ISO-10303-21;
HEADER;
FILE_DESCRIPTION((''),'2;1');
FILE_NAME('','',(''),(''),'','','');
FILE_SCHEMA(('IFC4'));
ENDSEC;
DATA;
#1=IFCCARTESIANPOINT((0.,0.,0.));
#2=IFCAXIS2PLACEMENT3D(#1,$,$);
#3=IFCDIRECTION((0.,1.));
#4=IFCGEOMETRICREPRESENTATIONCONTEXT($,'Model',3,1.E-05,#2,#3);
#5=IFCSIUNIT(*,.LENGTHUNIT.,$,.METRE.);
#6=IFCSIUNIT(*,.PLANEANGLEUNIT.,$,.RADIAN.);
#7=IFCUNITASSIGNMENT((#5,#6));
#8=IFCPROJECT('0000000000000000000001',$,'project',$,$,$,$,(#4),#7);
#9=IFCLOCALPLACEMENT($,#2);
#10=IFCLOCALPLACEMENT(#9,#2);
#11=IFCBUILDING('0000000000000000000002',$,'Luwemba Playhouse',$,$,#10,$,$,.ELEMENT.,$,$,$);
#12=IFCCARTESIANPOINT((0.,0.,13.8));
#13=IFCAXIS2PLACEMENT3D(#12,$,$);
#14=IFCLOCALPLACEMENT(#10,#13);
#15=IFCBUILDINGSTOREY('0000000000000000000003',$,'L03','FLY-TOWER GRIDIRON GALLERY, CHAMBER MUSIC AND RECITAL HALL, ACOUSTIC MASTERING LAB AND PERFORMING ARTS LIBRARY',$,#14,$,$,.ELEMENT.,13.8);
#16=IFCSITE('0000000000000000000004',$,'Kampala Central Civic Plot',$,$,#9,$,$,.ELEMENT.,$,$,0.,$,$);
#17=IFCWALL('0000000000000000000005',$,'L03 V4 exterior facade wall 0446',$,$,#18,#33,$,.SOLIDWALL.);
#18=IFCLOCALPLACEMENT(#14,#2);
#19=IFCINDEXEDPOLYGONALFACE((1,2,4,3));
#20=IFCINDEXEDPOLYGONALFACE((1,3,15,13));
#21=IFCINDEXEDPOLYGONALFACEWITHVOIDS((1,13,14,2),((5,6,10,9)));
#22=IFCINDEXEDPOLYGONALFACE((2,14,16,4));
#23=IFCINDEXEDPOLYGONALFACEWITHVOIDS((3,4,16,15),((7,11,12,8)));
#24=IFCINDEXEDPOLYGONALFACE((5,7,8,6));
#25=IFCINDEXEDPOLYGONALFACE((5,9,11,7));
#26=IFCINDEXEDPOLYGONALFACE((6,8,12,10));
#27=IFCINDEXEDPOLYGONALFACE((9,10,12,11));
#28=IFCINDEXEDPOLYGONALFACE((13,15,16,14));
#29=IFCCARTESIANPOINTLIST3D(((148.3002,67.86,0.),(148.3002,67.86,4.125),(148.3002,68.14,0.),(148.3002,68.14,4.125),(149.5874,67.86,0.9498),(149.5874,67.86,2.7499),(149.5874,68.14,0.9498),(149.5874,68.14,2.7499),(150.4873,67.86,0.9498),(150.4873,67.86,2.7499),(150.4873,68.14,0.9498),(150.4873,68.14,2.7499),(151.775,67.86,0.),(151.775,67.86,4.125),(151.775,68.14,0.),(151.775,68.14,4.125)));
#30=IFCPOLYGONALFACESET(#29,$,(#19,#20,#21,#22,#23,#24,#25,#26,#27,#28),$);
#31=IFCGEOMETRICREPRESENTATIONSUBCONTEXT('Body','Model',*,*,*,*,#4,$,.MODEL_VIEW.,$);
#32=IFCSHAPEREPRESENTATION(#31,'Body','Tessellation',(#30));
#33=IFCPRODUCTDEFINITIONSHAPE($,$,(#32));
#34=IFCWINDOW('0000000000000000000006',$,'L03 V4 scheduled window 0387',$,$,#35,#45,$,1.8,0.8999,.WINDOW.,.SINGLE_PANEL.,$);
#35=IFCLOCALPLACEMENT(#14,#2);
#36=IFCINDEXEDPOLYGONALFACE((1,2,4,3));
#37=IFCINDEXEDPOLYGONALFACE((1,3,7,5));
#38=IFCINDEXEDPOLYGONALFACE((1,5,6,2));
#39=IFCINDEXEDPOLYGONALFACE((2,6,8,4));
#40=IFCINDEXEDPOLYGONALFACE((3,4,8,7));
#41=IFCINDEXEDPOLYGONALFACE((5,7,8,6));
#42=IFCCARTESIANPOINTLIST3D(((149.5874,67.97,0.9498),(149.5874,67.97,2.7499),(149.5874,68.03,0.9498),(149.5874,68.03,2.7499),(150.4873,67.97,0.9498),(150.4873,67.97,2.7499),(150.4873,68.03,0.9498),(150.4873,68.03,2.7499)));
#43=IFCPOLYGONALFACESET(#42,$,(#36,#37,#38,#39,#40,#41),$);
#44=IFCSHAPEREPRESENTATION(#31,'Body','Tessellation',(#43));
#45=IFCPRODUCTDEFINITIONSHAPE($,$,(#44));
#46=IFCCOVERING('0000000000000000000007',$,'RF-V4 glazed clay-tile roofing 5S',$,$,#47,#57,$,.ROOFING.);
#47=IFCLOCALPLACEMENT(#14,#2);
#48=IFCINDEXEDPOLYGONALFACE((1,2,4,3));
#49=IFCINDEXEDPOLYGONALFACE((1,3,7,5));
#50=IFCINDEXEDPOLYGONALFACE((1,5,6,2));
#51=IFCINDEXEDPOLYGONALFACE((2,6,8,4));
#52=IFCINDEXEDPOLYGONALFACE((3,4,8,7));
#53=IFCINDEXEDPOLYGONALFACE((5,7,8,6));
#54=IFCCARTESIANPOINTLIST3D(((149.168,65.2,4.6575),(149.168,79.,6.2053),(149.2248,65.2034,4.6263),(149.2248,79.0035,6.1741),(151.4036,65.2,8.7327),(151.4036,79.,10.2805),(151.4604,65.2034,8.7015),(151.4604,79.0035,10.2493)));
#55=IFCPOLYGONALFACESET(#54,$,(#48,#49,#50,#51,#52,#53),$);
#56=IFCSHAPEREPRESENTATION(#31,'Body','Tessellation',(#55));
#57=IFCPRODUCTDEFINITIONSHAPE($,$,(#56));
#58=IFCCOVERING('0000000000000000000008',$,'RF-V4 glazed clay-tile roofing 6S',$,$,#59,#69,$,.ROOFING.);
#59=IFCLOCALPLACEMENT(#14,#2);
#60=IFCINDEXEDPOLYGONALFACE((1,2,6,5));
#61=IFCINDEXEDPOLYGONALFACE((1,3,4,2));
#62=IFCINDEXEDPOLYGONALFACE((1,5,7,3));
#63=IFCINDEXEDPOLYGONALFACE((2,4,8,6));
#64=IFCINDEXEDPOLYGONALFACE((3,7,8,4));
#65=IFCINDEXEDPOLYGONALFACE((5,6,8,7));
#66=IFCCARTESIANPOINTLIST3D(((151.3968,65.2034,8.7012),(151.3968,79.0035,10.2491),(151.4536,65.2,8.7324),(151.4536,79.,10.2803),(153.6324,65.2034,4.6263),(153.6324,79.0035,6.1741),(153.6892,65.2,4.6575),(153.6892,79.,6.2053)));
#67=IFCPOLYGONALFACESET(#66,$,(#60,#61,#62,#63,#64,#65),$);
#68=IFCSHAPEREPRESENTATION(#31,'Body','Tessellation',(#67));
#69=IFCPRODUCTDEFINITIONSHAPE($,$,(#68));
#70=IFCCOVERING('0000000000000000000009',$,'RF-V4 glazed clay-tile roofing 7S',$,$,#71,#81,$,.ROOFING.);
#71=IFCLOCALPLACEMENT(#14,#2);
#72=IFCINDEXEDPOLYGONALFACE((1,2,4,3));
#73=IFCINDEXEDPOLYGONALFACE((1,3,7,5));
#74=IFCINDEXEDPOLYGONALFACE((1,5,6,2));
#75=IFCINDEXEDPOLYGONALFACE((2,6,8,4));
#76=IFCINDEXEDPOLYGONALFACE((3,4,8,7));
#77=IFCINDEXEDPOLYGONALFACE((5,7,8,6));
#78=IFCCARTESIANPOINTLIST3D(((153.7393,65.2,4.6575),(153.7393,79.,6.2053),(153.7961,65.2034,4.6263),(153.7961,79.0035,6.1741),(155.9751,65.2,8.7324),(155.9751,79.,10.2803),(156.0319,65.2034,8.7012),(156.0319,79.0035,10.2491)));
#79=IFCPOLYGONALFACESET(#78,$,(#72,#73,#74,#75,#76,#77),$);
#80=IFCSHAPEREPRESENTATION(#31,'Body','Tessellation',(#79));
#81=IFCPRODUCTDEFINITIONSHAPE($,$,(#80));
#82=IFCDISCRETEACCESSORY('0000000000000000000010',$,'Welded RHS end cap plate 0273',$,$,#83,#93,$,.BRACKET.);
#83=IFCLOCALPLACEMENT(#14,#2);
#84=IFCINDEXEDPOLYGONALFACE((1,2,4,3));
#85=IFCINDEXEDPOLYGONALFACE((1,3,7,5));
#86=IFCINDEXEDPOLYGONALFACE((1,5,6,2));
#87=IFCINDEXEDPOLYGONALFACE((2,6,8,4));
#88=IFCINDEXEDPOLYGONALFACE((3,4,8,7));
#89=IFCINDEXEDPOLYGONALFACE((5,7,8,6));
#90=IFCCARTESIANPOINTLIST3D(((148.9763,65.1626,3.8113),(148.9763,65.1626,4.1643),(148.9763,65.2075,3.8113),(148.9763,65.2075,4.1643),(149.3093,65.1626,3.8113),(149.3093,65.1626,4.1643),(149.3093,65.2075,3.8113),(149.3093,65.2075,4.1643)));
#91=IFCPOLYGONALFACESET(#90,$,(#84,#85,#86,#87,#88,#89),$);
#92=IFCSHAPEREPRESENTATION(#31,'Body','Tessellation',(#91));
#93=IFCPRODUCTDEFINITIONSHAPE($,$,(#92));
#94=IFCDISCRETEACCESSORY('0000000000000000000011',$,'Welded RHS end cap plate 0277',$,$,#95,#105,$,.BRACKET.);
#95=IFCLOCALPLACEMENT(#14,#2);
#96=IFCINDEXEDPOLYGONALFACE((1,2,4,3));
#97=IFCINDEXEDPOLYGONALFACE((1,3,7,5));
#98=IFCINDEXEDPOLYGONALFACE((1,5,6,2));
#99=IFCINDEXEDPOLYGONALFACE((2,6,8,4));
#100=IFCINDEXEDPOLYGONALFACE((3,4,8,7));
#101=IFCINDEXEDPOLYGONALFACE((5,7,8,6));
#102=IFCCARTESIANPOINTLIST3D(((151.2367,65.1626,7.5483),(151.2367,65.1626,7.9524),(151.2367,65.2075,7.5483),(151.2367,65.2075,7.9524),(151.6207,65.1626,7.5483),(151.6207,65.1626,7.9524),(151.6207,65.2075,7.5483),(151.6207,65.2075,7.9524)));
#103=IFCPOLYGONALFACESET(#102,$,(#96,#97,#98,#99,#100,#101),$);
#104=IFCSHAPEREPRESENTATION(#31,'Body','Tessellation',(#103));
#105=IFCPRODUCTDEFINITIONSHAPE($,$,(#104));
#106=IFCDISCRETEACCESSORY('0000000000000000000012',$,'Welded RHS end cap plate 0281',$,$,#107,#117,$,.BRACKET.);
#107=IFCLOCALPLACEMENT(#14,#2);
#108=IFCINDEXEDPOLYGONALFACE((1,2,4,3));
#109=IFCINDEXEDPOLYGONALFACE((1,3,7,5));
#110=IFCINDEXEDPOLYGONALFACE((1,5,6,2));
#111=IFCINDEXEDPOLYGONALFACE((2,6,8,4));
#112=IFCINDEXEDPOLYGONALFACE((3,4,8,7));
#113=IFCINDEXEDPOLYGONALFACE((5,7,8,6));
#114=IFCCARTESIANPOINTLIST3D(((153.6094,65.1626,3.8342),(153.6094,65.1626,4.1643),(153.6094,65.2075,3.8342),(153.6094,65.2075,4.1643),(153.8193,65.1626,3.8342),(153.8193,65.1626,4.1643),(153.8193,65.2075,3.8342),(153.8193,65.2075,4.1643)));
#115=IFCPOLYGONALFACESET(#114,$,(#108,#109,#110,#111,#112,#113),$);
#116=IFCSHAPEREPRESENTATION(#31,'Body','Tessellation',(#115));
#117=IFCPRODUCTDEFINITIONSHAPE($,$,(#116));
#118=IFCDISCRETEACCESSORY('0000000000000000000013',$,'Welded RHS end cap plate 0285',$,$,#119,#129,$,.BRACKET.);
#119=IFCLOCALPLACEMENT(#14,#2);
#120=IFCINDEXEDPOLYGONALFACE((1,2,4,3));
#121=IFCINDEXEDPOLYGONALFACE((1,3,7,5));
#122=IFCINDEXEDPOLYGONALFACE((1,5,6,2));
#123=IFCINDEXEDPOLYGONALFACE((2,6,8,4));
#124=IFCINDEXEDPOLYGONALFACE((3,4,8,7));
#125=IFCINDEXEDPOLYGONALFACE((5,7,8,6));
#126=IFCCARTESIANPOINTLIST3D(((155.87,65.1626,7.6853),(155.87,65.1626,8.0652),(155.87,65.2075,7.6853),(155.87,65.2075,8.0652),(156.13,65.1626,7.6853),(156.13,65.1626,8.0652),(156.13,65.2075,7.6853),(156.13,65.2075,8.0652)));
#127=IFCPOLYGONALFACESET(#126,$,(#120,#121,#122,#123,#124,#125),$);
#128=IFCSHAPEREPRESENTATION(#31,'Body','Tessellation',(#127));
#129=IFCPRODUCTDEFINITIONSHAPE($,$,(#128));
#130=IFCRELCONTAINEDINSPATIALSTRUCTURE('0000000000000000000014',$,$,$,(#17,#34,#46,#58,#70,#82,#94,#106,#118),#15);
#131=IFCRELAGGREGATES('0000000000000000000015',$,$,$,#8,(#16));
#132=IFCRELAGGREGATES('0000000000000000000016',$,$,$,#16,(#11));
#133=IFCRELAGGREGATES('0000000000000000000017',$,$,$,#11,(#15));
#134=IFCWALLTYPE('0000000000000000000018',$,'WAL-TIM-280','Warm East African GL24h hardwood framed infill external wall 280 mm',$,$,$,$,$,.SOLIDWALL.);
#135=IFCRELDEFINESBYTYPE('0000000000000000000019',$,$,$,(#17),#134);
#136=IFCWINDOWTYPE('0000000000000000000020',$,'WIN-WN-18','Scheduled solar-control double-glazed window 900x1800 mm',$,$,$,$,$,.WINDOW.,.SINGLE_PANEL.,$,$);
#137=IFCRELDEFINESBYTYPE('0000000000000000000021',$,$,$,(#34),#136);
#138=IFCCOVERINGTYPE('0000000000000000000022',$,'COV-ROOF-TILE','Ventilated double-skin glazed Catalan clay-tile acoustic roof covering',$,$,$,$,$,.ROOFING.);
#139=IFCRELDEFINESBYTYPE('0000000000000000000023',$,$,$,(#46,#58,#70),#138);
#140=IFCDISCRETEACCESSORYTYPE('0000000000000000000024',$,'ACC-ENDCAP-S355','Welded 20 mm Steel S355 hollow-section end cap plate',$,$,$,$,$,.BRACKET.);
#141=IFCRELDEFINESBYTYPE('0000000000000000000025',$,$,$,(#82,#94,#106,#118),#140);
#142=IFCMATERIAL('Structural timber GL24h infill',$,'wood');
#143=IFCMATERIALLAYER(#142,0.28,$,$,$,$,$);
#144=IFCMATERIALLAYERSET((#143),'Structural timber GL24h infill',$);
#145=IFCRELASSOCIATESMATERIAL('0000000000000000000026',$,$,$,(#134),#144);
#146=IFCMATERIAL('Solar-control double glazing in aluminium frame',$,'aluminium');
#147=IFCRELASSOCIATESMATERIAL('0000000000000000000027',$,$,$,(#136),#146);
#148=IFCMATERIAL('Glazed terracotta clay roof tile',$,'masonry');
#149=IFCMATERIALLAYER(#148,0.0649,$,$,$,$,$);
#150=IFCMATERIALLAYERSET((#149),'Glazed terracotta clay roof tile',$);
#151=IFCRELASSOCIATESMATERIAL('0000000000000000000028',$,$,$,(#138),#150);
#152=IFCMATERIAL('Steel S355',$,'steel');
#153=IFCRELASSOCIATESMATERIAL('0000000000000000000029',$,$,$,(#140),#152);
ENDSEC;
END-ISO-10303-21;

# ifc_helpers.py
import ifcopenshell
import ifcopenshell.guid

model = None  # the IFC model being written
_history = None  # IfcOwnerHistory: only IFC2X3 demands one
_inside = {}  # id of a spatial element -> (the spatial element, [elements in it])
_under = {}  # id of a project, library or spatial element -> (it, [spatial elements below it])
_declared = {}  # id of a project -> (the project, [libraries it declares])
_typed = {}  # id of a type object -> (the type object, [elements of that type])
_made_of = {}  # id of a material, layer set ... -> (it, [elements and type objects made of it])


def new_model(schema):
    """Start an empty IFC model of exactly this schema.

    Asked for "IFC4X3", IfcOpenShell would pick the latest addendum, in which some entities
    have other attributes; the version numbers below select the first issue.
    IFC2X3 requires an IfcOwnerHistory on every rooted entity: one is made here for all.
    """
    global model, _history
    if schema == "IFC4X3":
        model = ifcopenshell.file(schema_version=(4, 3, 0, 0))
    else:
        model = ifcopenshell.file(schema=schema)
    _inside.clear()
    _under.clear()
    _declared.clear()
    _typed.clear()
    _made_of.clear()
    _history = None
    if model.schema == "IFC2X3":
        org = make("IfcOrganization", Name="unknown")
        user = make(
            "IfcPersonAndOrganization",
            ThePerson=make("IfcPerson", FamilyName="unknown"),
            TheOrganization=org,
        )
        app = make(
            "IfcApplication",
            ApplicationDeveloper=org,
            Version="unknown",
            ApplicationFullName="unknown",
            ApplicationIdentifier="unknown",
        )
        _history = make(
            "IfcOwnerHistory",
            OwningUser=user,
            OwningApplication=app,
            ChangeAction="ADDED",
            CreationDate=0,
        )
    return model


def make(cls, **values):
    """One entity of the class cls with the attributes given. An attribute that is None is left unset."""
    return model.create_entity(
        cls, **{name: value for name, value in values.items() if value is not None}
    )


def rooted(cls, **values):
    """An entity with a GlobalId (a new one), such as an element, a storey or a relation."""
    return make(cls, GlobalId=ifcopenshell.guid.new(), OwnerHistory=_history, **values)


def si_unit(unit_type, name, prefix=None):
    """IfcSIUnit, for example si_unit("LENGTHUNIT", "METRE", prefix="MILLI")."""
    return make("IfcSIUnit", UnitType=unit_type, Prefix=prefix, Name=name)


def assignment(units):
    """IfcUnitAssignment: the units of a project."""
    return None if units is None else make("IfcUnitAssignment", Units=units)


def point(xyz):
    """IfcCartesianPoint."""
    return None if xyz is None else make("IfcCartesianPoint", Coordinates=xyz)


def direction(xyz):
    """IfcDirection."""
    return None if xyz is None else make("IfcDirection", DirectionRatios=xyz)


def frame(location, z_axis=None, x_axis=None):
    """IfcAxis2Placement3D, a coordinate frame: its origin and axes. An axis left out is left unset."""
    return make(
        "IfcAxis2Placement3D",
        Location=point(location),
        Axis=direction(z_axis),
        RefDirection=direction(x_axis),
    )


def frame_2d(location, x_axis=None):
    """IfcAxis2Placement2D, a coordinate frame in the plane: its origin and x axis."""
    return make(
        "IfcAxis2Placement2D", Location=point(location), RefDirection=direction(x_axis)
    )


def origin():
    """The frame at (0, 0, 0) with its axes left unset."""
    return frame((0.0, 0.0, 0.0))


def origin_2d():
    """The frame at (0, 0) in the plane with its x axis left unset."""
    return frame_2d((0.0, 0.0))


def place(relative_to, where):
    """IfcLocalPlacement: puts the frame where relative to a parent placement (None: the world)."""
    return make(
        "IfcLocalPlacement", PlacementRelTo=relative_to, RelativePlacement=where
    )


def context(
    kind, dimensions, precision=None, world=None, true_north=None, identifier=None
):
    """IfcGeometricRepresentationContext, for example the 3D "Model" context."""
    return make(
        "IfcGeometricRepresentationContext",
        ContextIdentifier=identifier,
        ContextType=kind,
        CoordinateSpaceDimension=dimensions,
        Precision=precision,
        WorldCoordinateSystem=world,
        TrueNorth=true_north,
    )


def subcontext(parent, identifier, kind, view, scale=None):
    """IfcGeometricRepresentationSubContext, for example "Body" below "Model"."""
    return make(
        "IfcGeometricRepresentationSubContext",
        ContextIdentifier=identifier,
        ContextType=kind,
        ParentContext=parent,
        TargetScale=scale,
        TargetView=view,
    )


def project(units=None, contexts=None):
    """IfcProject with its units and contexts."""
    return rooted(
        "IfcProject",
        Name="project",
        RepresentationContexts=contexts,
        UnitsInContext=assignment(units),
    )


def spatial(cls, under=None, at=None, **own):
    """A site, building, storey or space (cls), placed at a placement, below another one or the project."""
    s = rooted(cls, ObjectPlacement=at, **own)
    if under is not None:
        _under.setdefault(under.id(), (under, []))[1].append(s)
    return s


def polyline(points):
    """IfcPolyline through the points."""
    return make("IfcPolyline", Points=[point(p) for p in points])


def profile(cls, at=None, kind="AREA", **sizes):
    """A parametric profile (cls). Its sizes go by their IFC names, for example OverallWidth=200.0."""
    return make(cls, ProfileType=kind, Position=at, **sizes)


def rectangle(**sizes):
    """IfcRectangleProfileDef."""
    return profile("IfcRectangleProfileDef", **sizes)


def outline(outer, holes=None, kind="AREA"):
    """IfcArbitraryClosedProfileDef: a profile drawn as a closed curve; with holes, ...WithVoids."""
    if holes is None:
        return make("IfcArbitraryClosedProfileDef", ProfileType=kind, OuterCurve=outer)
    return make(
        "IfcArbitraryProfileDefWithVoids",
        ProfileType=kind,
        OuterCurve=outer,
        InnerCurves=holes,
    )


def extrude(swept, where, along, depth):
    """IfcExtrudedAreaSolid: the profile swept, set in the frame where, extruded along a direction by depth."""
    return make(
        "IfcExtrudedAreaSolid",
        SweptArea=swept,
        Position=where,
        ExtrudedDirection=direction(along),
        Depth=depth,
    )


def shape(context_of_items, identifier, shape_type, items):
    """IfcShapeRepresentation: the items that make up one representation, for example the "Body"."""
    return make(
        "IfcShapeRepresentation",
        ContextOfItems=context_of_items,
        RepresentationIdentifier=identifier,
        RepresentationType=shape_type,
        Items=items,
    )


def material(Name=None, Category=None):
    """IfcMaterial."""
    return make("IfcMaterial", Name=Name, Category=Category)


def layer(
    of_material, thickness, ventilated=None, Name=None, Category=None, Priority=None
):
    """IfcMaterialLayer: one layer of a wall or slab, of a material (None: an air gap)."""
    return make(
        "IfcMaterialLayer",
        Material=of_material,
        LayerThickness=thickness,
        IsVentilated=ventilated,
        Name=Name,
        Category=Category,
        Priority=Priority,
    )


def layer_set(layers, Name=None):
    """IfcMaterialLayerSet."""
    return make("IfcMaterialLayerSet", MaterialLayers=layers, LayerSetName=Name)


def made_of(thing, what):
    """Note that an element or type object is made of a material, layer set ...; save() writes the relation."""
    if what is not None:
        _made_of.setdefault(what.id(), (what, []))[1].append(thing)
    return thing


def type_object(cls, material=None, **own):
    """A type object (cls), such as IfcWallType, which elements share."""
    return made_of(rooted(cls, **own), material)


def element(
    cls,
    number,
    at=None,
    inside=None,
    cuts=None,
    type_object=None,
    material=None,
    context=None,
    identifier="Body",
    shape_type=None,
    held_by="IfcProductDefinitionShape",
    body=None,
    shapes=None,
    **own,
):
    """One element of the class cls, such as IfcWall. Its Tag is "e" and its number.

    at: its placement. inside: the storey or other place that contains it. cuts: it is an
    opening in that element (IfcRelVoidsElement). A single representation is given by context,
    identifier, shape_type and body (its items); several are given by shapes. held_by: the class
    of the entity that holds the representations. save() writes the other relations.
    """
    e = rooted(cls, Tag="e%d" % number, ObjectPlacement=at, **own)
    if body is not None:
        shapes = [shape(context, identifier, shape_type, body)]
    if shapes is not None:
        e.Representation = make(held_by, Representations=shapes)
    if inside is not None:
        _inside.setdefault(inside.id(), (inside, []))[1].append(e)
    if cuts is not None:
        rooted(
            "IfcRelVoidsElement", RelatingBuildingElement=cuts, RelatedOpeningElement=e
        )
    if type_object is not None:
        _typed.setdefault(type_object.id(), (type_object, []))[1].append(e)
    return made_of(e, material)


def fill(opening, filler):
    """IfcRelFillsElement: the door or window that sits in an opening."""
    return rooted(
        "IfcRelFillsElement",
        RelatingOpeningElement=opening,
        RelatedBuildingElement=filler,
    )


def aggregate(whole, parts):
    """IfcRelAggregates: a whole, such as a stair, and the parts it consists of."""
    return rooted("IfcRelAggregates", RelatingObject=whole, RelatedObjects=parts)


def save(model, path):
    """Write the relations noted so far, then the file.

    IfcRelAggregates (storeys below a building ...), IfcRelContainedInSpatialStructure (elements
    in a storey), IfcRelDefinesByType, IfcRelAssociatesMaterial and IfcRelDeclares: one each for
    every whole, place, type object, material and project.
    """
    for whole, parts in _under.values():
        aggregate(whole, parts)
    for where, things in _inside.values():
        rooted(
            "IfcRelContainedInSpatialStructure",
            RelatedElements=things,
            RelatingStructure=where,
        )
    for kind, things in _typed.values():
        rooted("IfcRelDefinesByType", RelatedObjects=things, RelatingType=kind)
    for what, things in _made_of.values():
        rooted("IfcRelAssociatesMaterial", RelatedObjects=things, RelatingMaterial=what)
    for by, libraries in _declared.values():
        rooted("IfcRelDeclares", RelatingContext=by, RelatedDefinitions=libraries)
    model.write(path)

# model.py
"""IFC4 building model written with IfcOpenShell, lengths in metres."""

from ifc_helpers import new_model, si_unit, direction, frame, frame_2d, origin, origin_2d, place, context, subcontext, project, spatial, polyline, rectangle, outline, extrude, material, layer, layer_set, type_object, element, fill, save


model = new_model("IFC4")

# Units and contexts
model_context = context("Model", 3, precision=1e-05, world=origin(), true_north=direction((0.0, 1.0)))
body_context = subcontext(model_context, "Body", "Model", "MODEL_VIEW")
ifc_project = project(units=[si_unit("LENGTHUNIT", "METRE"), si_unit("PLANEANGLEUNIT", "RADIAN")], contexts=[model_context])

# Site, building, storey
site_placement = place(None, origin())
site = spatial("IfcSite", under=ifc_project, at=site_placement, Name="Kampala Central Civic Plot", CompositionType="ELEMENT", RefElevation=0.0)
building_placement = place(site_placement, origin())
building = spatial("IfcBuilding", under=site, at=building_placement, Name="Luwemba Playhouse", CompositionType="ELEMENT")
storey_placement = place(building_placement, frame((0.0, 0.0, 13.8)))
storey = spatial("IfcBuildingStorey", under=building, at=storey_placement, Name="L03", Description="FLY-TOWER GRIDIRON GALLERY, CHAMBER MUSIC AND RECITAL HALL, ACOUSTIC MASTERING LAB AND PERFORMING ARTS LIBRARY", CompositionType="ELEMENT", Elevation=13.8)

# Shared definitions
ifc_material_1 = material(Name="Steel S355", Category="steel")

# Wall, opening, window
ifc_material_2 = material(Name="Solar-control double glazing in aluminium frame", Category="aluminium")
ifc_material_3 = material(Name="Structural timber GL24h infill", Category="wood")
ifc_layer_1 = layer(ifc_material_3, 0.28)
ifc_layer_set_1 = layer_set([ifc_layer_1], Name="Structural timber GL24h infill")
wall_type_1 = type_object("IfcWallType", Name="WAL-TIM-280", Description="Warm East African GL24h hardwood framed infill external wall 280 mm", PredefinedType="SOLIDWALL", material=ifc_layer_set_1)
wall_1_placement = place(storey_placement, frame((151.7749, 68.0, 0.0), z_axis=(0.0, 0.0, 1.0), x_axis=(-1.0, 0.0, 0.0)))
wall_1 = element("IfcWall", 1, at=wall_1_placement, inside=storey, type_object=wall_type_1, Name="L03 V4 exterior facade wall 0446", PredefinedType="SOLIDWALL", context=body_context, shape_type="SweptSolid", body=[
    extrude(rectangle(XDim=3.4749, YDim=0.28, at=frame_2d((1.7373, 0.0))), origin(), (0.0, 0.0, 1.0), 4.125),
])
opening_1_placement = place(wall_1_placement, frame((1.2876, 0.0, 0.95)))
opening_1 = element("IfcOpeningElement", 2, at=opening_1_placement, cuts=wall_1, PredefinedType="OPENING", context=body_context, shape_type="SweptSolid", body=[
    extrude(rectangle(XDim=0.8999, YDim=1.8, at=frame_2d((0.45, 0.8999))), frame((0.0, 0.1499, 0.0), z_axis=(0.0, -1.0, 0.0), x_axis=(1.0, 0.0, 0.0)), (0.0, 0.0, 1.0), 0.3),
])
window_type_1 = type_object("IfcWindowType", Name="WIN-WN-18", Description="Scheduled solar-control double-glazed window 900x1800 mm", PartitioningType="SINGLE_PANEL", PredefinedType="WINDOW", material=ifc_material_2)
window_1_placement = place(opening_1_placement, origin())
window_1 = element("IfcWindow", 3, at=window_1_placement, inside=storey, type_object=window_type_1, Name="L03 V4 scheduled window 0387", OverallHeight=1.8, OverallWidth=0.8999, PartitioningType="SINGLE_PANEL", PredefinedType="WINDOW", context=body_context, shape_type="SweptSolid", body=[
    extrude(rectangle(XDim=0.8999, YDim=1.8, at=frame_2d((0.45, 0.8999))), frame((0.0, 0.03, 0.0), z_axis=(0.0, -1.0, 0.0), x_axis=(1.0, 0.0, 0.0)), (0.0, 0.0, 1.0), 0.0601),
])
fill(opening_1, window_1)

# Coverings
ifc_material_4 = material(Name="Glazed terracotta clay roof tile", Category="masonry")
ifc_layer_2 = layer(ifc_material_4, 0.0649)
ifc_layer_set_2 = layer_set([ifc_layer_2], Name="Glazed terracotta clay roof tile")
covering_type = type_object("IfcCoveringType", Name="COV-ROOF-TILE", Description="Ventilated double-skin glazed Catalan clay-tile acoustic roof covering", PredefinedType="ROOFING", material=ifc_layer_set_2)
covering_1_placement = place(storey_placement, frame((149.168, 65.2, 4.6575), z_axis=(-0.875466, -0.053868, 0.480268), x_axis=(0.480967, 0.0, 0.876739)))
element("IfcCovering", 4, at=covering_1_placement, inside=storey, type_object=covering_type, Name="RF-V4 glazed clay-tile roofing 5S", PredefinedType="ROOFING", context=body_context, shape_type="SweptSolid", body=[
    extrude(outline(polyline([(0.0, 0.0), (4.6481, 0.0), (6.0052, 13.8201), (1.3571, 13.8201), (0.0, 0.0)])), origin(), (0.0, 0.0, -1.0), 0.0649),
])
covering_2_placement = place(storey_placement, frame((151.4536, 65.2, 8.7324), z_axis=(0.875454, -0.053871, 0.48029), x_axis=(0.480989, 0.0, -0.876727)))
element("IfcCovering", 5, at=covering_2_placement, inside=storey, type_object=covering_type, Name="RF-V4 glazed clay-tile roofing 6S", PredefinedType="ROOFING", context=body_context, shape_type="SweptSolid", body=[
    extrude(outline(polyline([(0.0, 0.0), (4.6479, 0.0), (3.2909, 13.8201), (-1.357, 13.8201), (0.0, 0.0)])), origin(), (0.0, 0.0, -1.0), 0.0649),
])
covering_3_placement = place(storey_placement, frame((153.7393, 65.2, 4.6575), z_axis=(-0.875431, -0.053875, 0.480331), x_axis=(0.481029, 0.0, 0.876705)))
element("IfcCovering", 6, at=covering_3_placement, inside=storey, type_object=covering_type, Name="RF-V4 glazed clay-tile roofing 7S", PredefinedType="ROOFING", context=body_context, shape_type="SweptSolid", body=[
    extrude(outline(polyline([(0.0, 0.0), (4.648, 0.0), (6.005, 13.8201), (1.357, 13.8201), (0.0, 0.0)])), origin(), (0.0, 0.0, -1.0), 0.0649),
])

# Discrete accessories
discrete_accessory_type = type_object("IfcDiscreteAccessoryType", Name="ACC-ENDCAP-S355", Description="Welded 20 mm Steel S355 hollow-section end cap plate", PredefinedType="BRACKET", material=ifc_material_1)
discrete_accessory_1_placement = place(storey_placement, frame((149.1428, 65.1851, 3.8113), z_axis=(0.0, 0.0, 1.0), x_axis=(1.0, 0.0, 0.0)))
element("IfcDiscreteAccessory", 7, at=discrete_accessory_1_placement, inside=storey, type_object=discrete_accessory_type, Name="Welded RHS end cap plate 0273", PredefinedType="BRACKET", context=body_context, shape_type="SweptSolid", body=[
    extrude(rectangle(XDim=0.333, YDim=0.0449, at=origin_2d()), origin(), (0.0, 0.0, 1.0), 0.353),
])
discrete_accessory_2_placement = place(storey_placement, frame((151.4287, 65.1851, 7.5483), z_axis=(0.0, 0.0, 1.0), x_axis=(1.0, 0.0, 0.0)))
element("IfcDiscreteAccessory", 8, at=discrete_accessory_2_placement, inside=storey, type_object=discrete_accessory_type, Name="Welded RHS end cap plate 0277", PredefinedType="BRACKET", context=body_context, shape_type="SweptSolid", body=[
    extrude(rectangle(XDim=0.384, YDim=0.0449, at=origin_2d()), origin(), (0.0, 0.0, 1.0), 0.4041),
])
discrete_accessory_3_placement = place(storey_placement, frame((153.7144, 65.1851, 3.8342), z_axis=(0.0, 0.0, 1.0), x_axis=(1.0, 0.0, 0.0)))
element("IfcDiscreteAccessory", 9, at=discrete_accessory_3_placement, inside=storey, type_object=discrete_accessory_type, Name="Welded RHS end cap plate 0281", PredefinedType="BRACKET", context=body_context, shape_type="SweptSolid", body=[
    extrude(rectangle(XDim=0.21, YDim=0.0449, at=origin_2d()), origin(), (0.0, 0.0, 1.0), 0.3301),
])
discrete_accessory_4_placement = place(storey_placement, frame((156.0, 65.1851, 7.6853), z_axis=(0.0, 0.0, 1.0), x_axis=(1.0, 0.0, 0.0)))
element("IfcDiscreteAccessory", 10, at=discrete_accessory_4_placement, inside=storey, type_object=discrete_accessory_type, Name="Welded RHS end cap plate 0285", PredefinedType="BRACKET", context=body_context, shape_type="SweptSolid", body=[
    extrude(rectangle(XDim=0.26, YDim=0.0449, at=origin_2d()), origin(), (0.0, 0.0, 1.0), 0.3799),
])

save(model, "model.ifc")
